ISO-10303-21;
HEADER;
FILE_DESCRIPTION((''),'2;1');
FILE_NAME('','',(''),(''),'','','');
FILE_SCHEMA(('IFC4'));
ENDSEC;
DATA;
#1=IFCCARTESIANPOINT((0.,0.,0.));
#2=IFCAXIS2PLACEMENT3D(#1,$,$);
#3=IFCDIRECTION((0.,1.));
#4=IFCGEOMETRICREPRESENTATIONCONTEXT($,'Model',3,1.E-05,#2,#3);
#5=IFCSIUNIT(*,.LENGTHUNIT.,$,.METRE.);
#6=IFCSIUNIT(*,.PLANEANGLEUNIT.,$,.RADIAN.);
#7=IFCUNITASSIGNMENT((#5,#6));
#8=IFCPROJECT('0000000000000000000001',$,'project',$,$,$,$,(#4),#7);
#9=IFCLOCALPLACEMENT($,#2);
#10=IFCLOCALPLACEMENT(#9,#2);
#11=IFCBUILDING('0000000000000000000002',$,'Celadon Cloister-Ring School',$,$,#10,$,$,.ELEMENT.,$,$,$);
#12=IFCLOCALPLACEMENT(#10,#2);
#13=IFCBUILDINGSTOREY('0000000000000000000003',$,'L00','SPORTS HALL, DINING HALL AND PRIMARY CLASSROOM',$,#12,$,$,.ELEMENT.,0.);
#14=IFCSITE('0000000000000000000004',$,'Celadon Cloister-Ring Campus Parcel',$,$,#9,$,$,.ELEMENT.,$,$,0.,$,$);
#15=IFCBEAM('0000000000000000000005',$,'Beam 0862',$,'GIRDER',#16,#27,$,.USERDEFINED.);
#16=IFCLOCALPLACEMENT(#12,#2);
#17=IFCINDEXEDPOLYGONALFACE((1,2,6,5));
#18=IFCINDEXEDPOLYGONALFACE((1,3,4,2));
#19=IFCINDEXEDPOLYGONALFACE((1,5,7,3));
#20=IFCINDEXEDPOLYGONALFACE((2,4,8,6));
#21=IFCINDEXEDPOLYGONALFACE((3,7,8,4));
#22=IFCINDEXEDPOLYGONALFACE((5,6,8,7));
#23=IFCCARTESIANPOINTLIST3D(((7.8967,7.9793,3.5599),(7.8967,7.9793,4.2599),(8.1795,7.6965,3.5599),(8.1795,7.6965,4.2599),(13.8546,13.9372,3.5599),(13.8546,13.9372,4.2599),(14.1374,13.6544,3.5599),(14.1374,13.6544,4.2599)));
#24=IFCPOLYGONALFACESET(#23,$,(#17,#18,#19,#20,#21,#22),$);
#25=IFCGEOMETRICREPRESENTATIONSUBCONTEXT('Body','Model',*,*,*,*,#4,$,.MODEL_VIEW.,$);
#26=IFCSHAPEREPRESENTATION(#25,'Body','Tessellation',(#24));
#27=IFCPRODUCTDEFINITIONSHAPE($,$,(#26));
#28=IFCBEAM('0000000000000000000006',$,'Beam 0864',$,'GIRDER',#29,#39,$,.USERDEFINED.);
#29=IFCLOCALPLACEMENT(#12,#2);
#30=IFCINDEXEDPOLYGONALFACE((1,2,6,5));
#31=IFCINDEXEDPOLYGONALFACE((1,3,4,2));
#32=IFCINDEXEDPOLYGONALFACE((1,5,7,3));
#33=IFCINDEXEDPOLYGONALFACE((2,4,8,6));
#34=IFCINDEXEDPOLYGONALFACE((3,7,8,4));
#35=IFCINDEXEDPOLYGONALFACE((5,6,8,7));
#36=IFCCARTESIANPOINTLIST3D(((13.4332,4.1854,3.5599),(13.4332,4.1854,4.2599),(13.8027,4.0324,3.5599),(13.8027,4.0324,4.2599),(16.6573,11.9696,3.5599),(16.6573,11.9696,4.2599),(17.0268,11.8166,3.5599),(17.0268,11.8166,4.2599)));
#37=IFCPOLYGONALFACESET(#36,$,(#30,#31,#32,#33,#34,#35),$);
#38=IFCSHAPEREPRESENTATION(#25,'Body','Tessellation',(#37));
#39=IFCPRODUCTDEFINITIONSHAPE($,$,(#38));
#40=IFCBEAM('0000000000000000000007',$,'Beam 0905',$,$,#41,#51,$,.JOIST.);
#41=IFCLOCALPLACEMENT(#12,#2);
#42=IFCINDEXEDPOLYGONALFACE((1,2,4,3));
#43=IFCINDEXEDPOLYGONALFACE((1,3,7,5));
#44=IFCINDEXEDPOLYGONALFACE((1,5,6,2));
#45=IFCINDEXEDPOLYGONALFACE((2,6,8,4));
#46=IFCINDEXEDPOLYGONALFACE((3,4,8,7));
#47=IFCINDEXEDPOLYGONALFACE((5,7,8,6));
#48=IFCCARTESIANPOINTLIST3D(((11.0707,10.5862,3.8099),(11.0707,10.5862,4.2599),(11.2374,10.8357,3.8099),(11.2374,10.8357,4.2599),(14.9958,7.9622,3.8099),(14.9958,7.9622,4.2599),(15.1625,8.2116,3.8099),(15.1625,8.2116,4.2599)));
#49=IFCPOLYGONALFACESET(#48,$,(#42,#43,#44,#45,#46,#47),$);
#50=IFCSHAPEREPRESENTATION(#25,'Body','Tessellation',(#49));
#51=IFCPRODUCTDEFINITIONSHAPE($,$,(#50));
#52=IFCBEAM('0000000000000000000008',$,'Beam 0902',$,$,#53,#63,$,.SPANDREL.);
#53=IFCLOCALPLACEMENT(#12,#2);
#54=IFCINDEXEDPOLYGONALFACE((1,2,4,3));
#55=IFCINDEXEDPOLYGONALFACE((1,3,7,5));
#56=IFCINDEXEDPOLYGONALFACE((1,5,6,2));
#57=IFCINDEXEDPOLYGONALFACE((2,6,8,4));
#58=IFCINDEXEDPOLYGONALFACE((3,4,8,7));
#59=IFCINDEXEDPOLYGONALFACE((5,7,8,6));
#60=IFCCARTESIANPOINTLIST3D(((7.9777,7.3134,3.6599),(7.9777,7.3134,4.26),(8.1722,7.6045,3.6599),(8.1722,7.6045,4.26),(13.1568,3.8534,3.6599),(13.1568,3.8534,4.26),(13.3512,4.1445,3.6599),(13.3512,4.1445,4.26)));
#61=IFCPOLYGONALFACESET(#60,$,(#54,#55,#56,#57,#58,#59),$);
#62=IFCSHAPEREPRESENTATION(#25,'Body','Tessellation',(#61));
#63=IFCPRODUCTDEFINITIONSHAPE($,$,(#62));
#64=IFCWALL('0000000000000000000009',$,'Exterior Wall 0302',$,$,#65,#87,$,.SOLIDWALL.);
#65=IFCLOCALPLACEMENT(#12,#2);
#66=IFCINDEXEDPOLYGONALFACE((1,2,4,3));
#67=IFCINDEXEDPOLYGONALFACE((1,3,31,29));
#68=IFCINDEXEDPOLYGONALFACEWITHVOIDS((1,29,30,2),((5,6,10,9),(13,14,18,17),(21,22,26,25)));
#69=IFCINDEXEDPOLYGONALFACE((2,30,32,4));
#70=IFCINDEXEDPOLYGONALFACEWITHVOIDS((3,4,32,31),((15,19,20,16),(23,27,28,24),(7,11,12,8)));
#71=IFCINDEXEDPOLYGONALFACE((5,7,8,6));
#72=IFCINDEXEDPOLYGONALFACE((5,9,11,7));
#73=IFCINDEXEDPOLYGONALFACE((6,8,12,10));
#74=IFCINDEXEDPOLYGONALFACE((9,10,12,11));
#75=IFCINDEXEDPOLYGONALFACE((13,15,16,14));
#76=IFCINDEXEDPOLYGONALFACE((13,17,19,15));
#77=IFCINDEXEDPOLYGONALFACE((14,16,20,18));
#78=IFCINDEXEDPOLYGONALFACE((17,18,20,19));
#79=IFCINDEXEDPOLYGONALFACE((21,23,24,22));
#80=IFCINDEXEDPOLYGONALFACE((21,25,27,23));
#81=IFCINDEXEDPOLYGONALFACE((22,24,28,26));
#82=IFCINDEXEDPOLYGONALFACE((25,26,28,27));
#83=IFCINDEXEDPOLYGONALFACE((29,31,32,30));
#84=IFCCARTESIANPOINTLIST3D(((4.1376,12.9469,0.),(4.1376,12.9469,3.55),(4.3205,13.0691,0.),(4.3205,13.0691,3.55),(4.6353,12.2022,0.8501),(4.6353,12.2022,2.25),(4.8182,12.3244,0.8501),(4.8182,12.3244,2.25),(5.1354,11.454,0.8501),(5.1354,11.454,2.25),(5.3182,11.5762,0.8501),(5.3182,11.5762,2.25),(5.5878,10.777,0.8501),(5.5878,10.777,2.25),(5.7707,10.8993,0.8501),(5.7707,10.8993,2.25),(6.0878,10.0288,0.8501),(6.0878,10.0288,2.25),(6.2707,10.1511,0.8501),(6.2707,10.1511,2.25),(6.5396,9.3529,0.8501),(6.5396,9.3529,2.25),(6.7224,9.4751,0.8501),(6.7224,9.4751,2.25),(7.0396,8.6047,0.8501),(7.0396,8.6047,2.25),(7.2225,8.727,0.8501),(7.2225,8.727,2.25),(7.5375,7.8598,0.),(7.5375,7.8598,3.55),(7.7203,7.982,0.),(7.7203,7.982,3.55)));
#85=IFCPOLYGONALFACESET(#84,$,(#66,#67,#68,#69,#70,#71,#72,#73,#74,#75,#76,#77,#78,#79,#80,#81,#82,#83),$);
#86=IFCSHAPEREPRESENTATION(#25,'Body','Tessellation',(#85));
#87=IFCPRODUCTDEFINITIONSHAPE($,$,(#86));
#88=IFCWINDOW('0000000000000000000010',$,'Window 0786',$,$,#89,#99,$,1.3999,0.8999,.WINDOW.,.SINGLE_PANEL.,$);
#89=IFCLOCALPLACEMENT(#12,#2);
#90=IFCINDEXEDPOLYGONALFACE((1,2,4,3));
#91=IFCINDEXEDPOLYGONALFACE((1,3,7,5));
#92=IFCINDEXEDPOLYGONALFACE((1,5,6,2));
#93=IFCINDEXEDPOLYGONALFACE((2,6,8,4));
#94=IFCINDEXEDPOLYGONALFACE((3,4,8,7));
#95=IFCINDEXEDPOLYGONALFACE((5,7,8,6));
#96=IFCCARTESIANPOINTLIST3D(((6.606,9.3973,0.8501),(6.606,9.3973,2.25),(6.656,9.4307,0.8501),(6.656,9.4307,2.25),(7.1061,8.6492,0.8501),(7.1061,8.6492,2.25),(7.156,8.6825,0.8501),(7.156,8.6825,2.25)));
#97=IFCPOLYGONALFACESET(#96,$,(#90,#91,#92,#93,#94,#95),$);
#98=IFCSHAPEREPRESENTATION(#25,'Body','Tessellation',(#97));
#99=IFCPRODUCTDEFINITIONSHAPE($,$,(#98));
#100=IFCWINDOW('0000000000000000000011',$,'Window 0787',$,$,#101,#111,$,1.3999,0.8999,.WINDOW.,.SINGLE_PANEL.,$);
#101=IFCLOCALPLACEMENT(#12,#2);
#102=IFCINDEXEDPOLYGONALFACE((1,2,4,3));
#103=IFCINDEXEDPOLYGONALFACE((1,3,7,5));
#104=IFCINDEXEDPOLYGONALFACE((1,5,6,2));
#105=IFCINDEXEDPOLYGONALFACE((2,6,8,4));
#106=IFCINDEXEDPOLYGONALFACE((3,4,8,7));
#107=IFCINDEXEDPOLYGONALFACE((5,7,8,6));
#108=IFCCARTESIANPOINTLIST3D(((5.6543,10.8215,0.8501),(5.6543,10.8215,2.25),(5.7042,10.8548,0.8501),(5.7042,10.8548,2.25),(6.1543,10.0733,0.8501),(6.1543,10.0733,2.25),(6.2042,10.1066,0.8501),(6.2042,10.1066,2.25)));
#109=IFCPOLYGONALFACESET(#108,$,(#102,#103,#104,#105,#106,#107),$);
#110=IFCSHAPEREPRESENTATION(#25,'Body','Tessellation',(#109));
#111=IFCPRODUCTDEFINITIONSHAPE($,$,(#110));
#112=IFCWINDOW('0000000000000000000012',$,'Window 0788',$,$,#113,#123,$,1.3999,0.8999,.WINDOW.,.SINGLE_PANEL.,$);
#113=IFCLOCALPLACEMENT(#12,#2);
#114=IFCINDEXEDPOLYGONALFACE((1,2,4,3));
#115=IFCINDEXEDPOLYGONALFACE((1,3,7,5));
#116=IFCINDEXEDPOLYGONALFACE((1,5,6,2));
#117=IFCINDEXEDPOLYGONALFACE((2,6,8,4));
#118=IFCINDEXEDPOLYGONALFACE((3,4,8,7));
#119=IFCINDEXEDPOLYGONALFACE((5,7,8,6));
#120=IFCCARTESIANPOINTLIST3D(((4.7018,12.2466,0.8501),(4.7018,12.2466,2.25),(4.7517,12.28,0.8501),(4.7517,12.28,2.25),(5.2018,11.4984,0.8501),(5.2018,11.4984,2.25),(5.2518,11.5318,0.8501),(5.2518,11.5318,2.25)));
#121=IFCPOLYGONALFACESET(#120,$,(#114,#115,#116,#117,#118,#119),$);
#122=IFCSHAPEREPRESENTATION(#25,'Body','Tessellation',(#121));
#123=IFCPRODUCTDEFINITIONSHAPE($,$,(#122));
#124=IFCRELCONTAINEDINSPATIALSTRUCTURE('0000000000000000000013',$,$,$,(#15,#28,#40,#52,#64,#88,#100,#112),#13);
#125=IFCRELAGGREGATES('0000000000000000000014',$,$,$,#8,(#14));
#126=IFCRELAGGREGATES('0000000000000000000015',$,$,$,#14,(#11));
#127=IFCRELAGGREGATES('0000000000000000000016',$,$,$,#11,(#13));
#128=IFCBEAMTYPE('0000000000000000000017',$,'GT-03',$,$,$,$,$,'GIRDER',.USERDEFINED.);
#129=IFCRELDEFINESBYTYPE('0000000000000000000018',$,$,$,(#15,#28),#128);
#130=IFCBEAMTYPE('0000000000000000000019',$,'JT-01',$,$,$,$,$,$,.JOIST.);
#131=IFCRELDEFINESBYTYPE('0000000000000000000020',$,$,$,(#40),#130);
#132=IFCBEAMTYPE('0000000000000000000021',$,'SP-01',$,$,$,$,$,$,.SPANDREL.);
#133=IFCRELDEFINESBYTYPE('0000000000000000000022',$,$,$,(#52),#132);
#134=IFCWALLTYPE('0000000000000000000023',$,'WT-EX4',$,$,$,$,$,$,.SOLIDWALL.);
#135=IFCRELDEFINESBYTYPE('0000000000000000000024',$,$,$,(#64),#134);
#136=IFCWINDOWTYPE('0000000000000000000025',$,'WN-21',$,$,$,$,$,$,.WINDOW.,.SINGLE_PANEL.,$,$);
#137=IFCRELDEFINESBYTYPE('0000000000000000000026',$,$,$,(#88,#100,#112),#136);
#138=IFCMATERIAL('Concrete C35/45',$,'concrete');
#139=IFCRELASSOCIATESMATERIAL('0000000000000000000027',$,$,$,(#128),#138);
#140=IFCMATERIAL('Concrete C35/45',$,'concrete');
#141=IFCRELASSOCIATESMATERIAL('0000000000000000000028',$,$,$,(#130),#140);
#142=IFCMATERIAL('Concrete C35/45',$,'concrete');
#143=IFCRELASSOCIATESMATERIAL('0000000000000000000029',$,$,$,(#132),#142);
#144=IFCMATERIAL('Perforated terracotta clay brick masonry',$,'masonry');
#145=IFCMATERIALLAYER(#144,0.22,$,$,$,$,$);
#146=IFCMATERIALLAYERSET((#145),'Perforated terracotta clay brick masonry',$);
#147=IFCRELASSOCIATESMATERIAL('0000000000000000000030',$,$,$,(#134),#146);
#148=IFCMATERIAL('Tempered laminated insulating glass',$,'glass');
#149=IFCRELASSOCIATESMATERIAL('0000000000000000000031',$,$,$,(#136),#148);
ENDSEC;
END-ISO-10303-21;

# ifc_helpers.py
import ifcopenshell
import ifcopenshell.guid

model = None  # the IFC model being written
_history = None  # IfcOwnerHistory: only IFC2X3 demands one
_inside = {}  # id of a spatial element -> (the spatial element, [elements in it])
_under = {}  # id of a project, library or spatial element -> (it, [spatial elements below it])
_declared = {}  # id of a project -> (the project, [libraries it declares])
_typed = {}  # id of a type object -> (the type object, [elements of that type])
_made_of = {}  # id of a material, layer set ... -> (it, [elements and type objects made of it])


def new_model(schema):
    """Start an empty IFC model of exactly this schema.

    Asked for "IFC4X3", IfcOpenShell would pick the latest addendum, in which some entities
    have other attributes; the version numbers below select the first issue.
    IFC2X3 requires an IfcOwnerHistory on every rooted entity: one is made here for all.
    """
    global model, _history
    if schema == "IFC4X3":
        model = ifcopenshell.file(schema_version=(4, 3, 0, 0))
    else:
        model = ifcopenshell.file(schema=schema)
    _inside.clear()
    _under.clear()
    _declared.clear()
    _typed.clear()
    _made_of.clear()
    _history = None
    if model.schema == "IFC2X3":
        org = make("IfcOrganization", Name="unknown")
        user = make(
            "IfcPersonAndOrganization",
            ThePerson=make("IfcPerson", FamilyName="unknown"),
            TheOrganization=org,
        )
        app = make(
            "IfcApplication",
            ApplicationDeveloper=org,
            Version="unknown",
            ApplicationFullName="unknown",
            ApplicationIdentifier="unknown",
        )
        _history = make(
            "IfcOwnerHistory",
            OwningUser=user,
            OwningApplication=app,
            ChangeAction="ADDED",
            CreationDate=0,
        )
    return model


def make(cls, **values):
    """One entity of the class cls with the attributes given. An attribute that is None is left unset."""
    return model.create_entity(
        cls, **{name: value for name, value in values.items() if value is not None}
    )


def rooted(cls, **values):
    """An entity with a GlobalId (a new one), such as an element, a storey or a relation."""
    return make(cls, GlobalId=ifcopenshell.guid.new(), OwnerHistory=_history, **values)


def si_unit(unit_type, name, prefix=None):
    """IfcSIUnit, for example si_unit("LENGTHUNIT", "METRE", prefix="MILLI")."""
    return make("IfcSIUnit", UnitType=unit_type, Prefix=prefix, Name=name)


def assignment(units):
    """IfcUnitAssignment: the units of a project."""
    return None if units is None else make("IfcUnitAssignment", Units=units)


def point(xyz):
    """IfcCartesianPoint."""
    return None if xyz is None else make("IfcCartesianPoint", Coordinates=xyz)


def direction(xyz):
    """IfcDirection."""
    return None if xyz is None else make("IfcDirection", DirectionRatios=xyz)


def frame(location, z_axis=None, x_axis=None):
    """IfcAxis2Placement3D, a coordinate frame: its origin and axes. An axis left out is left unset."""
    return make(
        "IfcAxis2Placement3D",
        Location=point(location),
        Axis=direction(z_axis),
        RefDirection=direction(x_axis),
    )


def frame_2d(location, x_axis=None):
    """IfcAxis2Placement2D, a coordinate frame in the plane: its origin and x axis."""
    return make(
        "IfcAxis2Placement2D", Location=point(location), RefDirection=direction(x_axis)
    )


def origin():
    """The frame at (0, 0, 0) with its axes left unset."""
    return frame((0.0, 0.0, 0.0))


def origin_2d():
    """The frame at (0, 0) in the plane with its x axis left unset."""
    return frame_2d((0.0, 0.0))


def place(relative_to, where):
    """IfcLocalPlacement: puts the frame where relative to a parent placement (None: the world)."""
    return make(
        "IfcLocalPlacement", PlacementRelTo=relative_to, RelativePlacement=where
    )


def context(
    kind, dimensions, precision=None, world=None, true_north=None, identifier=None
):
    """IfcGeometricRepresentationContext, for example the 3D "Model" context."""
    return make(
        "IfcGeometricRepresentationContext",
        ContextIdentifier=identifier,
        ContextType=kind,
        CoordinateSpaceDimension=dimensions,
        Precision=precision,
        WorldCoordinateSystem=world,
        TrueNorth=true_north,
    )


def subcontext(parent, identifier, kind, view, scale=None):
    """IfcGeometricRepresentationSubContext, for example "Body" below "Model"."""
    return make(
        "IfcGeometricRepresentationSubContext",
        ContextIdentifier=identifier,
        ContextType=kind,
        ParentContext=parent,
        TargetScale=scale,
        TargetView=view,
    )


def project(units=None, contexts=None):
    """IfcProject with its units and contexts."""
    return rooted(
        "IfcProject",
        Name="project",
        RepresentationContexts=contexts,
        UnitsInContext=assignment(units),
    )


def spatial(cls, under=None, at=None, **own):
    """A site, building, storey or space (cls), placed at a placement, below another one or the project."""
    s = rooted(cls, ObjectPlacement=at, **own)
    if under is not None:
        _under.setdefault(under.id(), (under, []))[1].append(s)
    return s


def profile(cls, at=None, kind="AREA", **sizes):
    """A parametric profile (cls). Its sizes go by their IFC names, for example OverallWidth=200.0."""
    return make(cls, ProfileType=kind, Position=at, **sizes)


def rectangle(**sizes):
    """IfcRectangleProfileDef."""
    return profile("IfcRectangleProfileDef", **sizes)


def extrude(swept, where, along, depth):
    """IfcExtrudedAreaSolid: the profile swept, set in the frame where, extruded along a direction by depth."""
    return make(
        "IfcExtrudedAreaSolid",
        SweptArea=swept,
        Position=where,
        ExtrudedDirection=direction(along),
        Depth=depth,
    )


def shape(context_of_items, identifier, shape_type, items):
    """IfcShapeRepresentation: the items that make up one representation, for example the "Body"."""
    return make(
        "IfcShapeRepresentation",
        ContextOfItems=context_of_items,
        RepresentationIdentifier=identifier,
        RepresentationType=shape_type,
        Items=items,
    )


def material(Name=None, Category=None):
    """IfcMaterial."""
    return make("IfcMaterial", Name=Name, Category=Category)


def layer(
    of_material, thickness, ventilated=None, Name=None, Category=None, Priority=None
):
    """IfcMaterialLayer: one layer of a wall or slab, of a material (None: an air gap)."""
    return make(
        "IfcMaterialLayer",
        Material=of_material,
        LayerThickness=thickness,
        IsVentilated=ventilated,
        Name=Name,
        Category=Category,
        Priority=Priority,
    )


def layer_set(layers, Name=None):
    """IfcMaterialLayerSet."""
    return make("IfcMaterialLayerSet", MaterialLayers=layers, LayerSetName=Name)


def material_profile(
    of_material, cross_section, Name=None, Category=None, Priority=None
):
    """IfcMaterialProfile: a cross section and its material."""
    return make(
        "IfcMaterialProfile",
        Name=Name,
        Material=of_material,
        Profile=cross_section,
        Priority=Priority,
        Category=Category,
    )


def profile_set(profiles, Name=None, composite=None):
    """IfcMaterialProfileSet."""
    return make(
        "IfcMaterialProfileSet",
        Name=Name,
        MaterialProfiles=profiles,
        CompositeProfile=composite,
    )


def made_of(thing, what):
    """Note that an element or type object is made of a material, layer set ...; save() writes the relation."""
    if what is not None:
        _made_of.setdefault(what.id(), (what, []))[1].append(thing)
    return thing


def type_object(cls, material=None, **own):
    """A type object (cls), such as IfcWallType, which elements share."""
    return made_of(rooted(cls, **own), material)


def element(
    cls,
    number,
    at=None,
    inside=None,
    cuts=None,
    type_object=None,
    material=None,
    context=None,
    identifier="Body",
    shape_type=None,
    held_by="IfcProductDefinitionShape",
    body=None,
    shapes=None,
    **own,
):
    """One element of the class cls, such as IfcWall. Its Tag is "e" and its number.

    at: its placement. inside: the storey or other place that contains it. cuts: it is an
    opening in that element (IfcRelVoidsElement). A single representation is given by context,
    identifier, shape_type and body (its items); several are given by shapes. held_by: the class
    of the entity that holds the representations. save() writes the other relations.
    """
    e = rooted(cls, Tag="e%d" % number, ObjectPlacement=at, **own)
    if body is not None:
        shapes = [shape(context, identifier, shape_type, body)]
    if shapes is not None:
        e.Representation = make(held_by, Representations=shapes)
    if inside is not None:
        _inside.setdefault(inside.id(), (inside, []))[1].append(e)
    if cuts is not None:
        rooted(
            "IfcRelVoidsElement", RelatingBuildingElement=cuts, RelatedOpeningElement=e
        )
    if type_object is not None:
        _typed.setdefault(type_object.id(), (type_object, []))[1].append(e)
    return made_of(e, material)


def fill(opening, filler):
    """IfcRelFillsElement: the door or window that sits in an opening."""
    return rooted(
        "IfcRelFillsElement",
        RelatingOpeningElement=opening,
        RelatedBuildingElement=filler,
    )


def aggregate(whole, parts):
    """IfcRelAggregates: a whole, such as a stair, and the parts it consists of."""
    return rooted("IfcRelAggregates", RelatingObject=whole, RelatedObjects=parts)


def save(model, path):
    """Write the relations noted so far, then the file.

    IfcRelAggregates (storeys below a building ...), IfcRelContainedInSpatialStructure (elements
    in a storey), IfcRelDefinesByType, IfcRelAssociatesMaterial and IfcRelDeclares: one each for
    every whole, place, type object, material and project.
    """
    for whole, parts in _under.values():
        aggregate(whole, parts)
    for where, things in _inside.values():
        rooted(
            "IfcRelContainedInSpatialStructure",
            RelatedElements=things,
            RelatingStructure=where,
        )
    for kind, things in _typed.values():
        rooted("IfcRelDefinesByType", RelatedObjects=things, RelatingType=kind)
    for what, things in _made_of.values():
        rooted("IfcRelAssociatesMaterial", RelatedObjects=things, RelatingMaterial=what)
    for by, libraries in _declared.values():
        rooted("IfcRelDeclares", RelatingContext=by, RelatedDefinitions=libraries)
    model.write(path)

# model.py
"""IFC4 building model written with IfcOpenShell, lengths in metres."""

from ifc_helpers import new_model, si_unit, direction, frame, frame_2d, origin, origin_2d, place, context, subcontext, project, spatial, rectangle, extrude, material, layer, layer_set, material_profile, profile_set, type_object, element, fill, save


model = new_model("IFC4")

# Units and contexts
model_context = context("Model", 3, precision=1e-05, world=origin(), true_north=direction((0.0, 1.0)))
body_context = subcontext(model_context, "Body", "Model", "MODEL_VIEW")
ifc_project = project(units=[si_unit("LENGTHUNIT", "METRE"), si_unit("PLANEANGLEUNIT", "RADIAN")], contexts=[model_context])

# Site, building, storey
site_placement = place(None, origin())
site = spatial("IfcSite", under=ifc_project, at=site_placement, Name="Celadon Cloister-Ring Campus Parcel", CompositionType="ELEMENT", RefElevation=0.0)
building_placement = place(site_placement, origin())
building = spatial("IfcBuilding", under=site, at=building_placement, Name="Celadon Cloister-Ring School", CompositionType="ELEMENT")
storey_placement = place(building_placement, origin())
storey = spatial("IfcBuildingStorey", under=building, at=storey_placement, Name="L00", Description="SPORTS HALL, DINING HALL AND PRIMARY CLASSROOM", CompositionType="ELEMENT", Elevation=0.0)

# Beams
ifc_material_1 = material(Name="Concrete C35/45", Category="concrete")
ifc_material_profile_1 = material_profile(ifc_material_1, rectangle(XDim=0.3999, YDim=0.7, at=origin_2d()), Name="RC400X700")
ifc_profile_set_1 = profile_set([ifc_material_profile_1], Name="Concrete C35/45")
beam_type_1 = type_object("IfcBeamType", Name="GT-03", ElementType="GIRDER", PredefinedType="USERDEFINED", material=ifc_profile_set_1)
beam_1_placement = place(storey_placement, frame((8.0381, 7.8379, 3.9099), z_axis=(0.707107, 0.707107, 0.0), x_axis=(-0.707107, 0.707107, 0.0)))
element("IfcBeam", 1, at=beam_1_placement, inside=storey, type_object=beam_type_1, Name="Beam 0862", ObjectType="GIRDER", PredefinedType="USERDEFINED", context=body_context, shape_type="SweptSolid", body=[
    extrude(rectangle(XDim=0.3999, YDim=0.7, at=origin_2d()), origin(), (0.0, 0.0, 1.0), 8.4258),
])
beam_2_placement = place(storey_placement, frame((13.6179, 4.1089, 3.9099), z_axis=(0.382664, 0.923888, 0.0), x_axis=(-0.923888, 0.382664, 0.0)))
element("IfcBeam", 2, at=beam_2_placement, inside=storey, type_object=beam_type_1, Name="Beam 0864", ObjectType="GIRDER", PredefinedType="USERDEFINED", context=body_context, shape_type="SweptSolid", body=[
    extrude(rectangle(XDim=0.3999, YDim=0.7, at=origin_2d()), origin(), (0.0, 0.0, 1.0), 8.4255),
])
ifc_material_2 = material(Name="Concrete C35/45", Category="concrete")
ifc_material_profile_2 = material_profile(ifc_material_2, rectangle(XDim=0.3, YDim=0.45, at=origin_2d()), Name="RC300X450")
ifc_profile_set_2 = profile_set([ifc_material_profile_2], Name="Concrete C35/45")
beam_type_2 = type_object("IfcBeamType", Name="JT-01", PredefinedType="JOIST", material=ifc_profile_set_2)
beam_3_placement = place(storey_placement, frame((11.1541, 10.7109, 4.0349), z_axis=(0.831334, -0.555774, 0.0), x_axis=(0.555774, 0.831334, 0.0)))
element("IfcBeam", 3, at=beam_3_placement, inside=storey, type_object=beam_type_2, Name="Beam 0905", PredefinedType="JOIST", context=body_context, shape_type="SweptSolid", body=[
    extrude(rectangle(XDim=0.3, YDim=0.45, at=origin_2d()), origin(), (0.0, 0.0, 1.0), 4.7214),
])
ifc_material_3 = material(Name="Concrete C35/45", Category="concrete")
ifc_material_profile_3 = material_profile(ifc_material_3, rectangle(XDim=0.3501, YDim=0.6001, at=origin_2d()), Name="RC350X600")
ifc_profile_set_3 = profile_set([ifc_material_profile_3], Name="Concrete C35/45")
beam_type_3 = type_object("IfcBeamType", Name="SP-01", PredefinedType="SPANDREL", material=ifc_profile_set_3)
beam_4_placement = place(storey_placement, frame((8.075, 7.459, 3.96), z_axis=(0.831507, -0.555514, 0.0), x_axis=(0.555514, 0.831507, 0.0)))
element("IfcBeam", 4, at=beam_4_placement, inside=storey, type_object=beam_type_3, Name="Beam 0902", PredefinedType="SPANDREL", context=body_context, shape_type="SweptSolid", body=[
    extrude(rectangle(XDim=0.3501, YDim=0.6001, at=origin_2d()), origin(), (0.0, 0.0, 1.0), 6.2285),
])

# Wall, openings, windows
ifc_material_4 = material(Name="Perforated terracotta clay brick masonry", Category="masonry")
ifc_layer_1 = layer(ifc_material_4, 0.22)
ifc_layer_set_1 = layer_set([ifc_layer_1], Name="Perforated terracotta clay brick masonry")
wall_type = type_object("IfcWallType", Name="WT-EX4", PredefinedType="SOLIDWALL", material=ifc_layer_set_1)
wall_1_placement = place(storey_placement, frame((7.6289, 7.9209, 0.0), z_axis=(0.0, 0.0, 1.0), x_axis=(-0.555657, 0.831411, 0.0)))
wall_1 = element("IfcWall", 5, at=wall_1_placement, inside=storey, type_object=wall_type, Name="Exterior Wall 0302", PredefinedType="SOLIDWALL", context=body_context, shape_type="SweptSolid", body=[
    extrude(rectangle(XDim=6.1187, YDim=0.22, at=frame_2d((3.0593, 0.0))), origin(), (0.0, 0.0, 1.0), 3.55),
])
opening_1_placement = place(wall_1_placement, frame((0.896, 0.0, 0.8501)))
opening_1 = element("IfcOpeningElement", 6, at=opening_1_placement, cuts=wall_1, PredefinedType="OPENING", context=body_context, shape_type="SweptSolid", body=[
    extrude(rectangle(XDim=0.8999, YDim=1.3999, at=frame_2d((0.45, 0.7))), frame((0.0, 0.1201, 0.0), z_axis=(0.0, -1.0, 0.0), x_axis=(1.0, 0.0, 0.0)), (0.0, 0.0, 1.0), 0.24),
])
opening_2_placement = place(wall_1_placement, frame((2.6089, 0.0, 0.8501)))
opening_2 = element("IfcOpeningElement", 7, at=opening_2_placement, cuts=wall_1, PredefinedType="OPENING", context=body_context, shape_type="SweptSolid", body=[
    extrude(rectangle(XDim=0.8999, YDim=1.3999, at=frame_2d((0.45, 0.7))), frame((0.0, 0.1201, 0.0), z_axis=(0.0, -1.0, 0.0), x_axis=(1.0, 0.0, 0.0)), (0.0, 0.0, 1.0), 0.24),
])
opening_3_placement = place(wall_1_placement, frame((4.323, 0.0, 0.8501)))
opening_3 = element("IfcOpeningElement", 8, at=opening_3_placement, cuts=wall_1, PredefinedType="OPENING", context=body_context, shape_type="SweptSolid", body=[
    extrude(rectangle(XDim=0.8999, YDim=1.3999, at=frame_2d((0.45, 0.7))), frame((0.0, 0.1201, 0.0), z_axis=(0.0, -1.0, 0.0), x_axis=(1.0, 0.0, 0.0)), (0.0, 0.0, 1.0), 0.24),
])
ifc_material_5 = material(Name="Tempered laminated insulating glass", Category="glass")
window_type = type_object("IfcWindowType", Name="WN-21", PartitioningType="SINGLE_PANEL", PredefinedType="WINDOW", material=ifc_material_5)
window_1_placement = place(opening_1_placement, origin())
window_1 = element("IfcWindow", 9, at=window_1_placement, inside=storey, type_object=window_type, Name="Window 0786", OverallHeight=1.3999, OverallWidth=0.8999, PartitioningType="SINGLE_PANEL", PredefinedType="WINDOW", context=body_context, shape_type="SweptSolid", body=[
    extrude(rectangle(XDim=0.8999, YDim=1.3999, at=frame_2d((0.45, 0.7))), frame((0.0, 0.03, 0.0), z_axis=(0.0, -1.0, 0.0), x_axis=(1.0, 0.0, 0.0)), (0.0, 0.0, 1.0), 0.0601),
])
fill(opening_1, window_1)
window_2_placement = place(opening_2_placement, origin())
window_2 = element("IfcWindow", 10, at=window_2_placement, inside=storey, type_object=window_type, Name="Window 0787", OverallHeight=1.3999, OverallWidth=0.8999, PartitioningType="SINGLE_PANEL", PredefinedType="WINDOW", context=body_context, shape_type="SweptSolid", body=[
    extrude(rectangle(XDim=0.8999, YDim=1.3999, at=frame_2d((0.45, 0.7))), frame((0.0, 0.03, 0.0), z_axis=(0.0, -1.0, 0.0), x_axis=(1.0, 0.0, 0.0)), (0.0, 0.0, 1.0), 0.0601),
])
fill(opening_2, window_2)
window_3_placement = place(opening_3_placement, origin())
window_3 = element("IfcWindow", 11, at=window_3_placement, inside=storey, type_object=window_type, Name="Window 0788", OverallHeight=1.3999, OverallWidth=0.8999, PartitioningType="SINGLE_PANEL", PredefinedType="WINDOW", context=body_context, shape_type="SweptSolid", body=[
    extrude(rectangle(XDim=0.8999, YDim=1.3999, at=frame_2d((0.45, 0.7))), frame((0.0, 0.03, 0.0), z_axis=(0.0, -1.0, 0.0), x_axis=(1.0, 0.0, 0.0)), (0.0, 0.0, 1.0), 0.0601),
])
fill(opening_3, window_3)

save(model, "model.ifc")
